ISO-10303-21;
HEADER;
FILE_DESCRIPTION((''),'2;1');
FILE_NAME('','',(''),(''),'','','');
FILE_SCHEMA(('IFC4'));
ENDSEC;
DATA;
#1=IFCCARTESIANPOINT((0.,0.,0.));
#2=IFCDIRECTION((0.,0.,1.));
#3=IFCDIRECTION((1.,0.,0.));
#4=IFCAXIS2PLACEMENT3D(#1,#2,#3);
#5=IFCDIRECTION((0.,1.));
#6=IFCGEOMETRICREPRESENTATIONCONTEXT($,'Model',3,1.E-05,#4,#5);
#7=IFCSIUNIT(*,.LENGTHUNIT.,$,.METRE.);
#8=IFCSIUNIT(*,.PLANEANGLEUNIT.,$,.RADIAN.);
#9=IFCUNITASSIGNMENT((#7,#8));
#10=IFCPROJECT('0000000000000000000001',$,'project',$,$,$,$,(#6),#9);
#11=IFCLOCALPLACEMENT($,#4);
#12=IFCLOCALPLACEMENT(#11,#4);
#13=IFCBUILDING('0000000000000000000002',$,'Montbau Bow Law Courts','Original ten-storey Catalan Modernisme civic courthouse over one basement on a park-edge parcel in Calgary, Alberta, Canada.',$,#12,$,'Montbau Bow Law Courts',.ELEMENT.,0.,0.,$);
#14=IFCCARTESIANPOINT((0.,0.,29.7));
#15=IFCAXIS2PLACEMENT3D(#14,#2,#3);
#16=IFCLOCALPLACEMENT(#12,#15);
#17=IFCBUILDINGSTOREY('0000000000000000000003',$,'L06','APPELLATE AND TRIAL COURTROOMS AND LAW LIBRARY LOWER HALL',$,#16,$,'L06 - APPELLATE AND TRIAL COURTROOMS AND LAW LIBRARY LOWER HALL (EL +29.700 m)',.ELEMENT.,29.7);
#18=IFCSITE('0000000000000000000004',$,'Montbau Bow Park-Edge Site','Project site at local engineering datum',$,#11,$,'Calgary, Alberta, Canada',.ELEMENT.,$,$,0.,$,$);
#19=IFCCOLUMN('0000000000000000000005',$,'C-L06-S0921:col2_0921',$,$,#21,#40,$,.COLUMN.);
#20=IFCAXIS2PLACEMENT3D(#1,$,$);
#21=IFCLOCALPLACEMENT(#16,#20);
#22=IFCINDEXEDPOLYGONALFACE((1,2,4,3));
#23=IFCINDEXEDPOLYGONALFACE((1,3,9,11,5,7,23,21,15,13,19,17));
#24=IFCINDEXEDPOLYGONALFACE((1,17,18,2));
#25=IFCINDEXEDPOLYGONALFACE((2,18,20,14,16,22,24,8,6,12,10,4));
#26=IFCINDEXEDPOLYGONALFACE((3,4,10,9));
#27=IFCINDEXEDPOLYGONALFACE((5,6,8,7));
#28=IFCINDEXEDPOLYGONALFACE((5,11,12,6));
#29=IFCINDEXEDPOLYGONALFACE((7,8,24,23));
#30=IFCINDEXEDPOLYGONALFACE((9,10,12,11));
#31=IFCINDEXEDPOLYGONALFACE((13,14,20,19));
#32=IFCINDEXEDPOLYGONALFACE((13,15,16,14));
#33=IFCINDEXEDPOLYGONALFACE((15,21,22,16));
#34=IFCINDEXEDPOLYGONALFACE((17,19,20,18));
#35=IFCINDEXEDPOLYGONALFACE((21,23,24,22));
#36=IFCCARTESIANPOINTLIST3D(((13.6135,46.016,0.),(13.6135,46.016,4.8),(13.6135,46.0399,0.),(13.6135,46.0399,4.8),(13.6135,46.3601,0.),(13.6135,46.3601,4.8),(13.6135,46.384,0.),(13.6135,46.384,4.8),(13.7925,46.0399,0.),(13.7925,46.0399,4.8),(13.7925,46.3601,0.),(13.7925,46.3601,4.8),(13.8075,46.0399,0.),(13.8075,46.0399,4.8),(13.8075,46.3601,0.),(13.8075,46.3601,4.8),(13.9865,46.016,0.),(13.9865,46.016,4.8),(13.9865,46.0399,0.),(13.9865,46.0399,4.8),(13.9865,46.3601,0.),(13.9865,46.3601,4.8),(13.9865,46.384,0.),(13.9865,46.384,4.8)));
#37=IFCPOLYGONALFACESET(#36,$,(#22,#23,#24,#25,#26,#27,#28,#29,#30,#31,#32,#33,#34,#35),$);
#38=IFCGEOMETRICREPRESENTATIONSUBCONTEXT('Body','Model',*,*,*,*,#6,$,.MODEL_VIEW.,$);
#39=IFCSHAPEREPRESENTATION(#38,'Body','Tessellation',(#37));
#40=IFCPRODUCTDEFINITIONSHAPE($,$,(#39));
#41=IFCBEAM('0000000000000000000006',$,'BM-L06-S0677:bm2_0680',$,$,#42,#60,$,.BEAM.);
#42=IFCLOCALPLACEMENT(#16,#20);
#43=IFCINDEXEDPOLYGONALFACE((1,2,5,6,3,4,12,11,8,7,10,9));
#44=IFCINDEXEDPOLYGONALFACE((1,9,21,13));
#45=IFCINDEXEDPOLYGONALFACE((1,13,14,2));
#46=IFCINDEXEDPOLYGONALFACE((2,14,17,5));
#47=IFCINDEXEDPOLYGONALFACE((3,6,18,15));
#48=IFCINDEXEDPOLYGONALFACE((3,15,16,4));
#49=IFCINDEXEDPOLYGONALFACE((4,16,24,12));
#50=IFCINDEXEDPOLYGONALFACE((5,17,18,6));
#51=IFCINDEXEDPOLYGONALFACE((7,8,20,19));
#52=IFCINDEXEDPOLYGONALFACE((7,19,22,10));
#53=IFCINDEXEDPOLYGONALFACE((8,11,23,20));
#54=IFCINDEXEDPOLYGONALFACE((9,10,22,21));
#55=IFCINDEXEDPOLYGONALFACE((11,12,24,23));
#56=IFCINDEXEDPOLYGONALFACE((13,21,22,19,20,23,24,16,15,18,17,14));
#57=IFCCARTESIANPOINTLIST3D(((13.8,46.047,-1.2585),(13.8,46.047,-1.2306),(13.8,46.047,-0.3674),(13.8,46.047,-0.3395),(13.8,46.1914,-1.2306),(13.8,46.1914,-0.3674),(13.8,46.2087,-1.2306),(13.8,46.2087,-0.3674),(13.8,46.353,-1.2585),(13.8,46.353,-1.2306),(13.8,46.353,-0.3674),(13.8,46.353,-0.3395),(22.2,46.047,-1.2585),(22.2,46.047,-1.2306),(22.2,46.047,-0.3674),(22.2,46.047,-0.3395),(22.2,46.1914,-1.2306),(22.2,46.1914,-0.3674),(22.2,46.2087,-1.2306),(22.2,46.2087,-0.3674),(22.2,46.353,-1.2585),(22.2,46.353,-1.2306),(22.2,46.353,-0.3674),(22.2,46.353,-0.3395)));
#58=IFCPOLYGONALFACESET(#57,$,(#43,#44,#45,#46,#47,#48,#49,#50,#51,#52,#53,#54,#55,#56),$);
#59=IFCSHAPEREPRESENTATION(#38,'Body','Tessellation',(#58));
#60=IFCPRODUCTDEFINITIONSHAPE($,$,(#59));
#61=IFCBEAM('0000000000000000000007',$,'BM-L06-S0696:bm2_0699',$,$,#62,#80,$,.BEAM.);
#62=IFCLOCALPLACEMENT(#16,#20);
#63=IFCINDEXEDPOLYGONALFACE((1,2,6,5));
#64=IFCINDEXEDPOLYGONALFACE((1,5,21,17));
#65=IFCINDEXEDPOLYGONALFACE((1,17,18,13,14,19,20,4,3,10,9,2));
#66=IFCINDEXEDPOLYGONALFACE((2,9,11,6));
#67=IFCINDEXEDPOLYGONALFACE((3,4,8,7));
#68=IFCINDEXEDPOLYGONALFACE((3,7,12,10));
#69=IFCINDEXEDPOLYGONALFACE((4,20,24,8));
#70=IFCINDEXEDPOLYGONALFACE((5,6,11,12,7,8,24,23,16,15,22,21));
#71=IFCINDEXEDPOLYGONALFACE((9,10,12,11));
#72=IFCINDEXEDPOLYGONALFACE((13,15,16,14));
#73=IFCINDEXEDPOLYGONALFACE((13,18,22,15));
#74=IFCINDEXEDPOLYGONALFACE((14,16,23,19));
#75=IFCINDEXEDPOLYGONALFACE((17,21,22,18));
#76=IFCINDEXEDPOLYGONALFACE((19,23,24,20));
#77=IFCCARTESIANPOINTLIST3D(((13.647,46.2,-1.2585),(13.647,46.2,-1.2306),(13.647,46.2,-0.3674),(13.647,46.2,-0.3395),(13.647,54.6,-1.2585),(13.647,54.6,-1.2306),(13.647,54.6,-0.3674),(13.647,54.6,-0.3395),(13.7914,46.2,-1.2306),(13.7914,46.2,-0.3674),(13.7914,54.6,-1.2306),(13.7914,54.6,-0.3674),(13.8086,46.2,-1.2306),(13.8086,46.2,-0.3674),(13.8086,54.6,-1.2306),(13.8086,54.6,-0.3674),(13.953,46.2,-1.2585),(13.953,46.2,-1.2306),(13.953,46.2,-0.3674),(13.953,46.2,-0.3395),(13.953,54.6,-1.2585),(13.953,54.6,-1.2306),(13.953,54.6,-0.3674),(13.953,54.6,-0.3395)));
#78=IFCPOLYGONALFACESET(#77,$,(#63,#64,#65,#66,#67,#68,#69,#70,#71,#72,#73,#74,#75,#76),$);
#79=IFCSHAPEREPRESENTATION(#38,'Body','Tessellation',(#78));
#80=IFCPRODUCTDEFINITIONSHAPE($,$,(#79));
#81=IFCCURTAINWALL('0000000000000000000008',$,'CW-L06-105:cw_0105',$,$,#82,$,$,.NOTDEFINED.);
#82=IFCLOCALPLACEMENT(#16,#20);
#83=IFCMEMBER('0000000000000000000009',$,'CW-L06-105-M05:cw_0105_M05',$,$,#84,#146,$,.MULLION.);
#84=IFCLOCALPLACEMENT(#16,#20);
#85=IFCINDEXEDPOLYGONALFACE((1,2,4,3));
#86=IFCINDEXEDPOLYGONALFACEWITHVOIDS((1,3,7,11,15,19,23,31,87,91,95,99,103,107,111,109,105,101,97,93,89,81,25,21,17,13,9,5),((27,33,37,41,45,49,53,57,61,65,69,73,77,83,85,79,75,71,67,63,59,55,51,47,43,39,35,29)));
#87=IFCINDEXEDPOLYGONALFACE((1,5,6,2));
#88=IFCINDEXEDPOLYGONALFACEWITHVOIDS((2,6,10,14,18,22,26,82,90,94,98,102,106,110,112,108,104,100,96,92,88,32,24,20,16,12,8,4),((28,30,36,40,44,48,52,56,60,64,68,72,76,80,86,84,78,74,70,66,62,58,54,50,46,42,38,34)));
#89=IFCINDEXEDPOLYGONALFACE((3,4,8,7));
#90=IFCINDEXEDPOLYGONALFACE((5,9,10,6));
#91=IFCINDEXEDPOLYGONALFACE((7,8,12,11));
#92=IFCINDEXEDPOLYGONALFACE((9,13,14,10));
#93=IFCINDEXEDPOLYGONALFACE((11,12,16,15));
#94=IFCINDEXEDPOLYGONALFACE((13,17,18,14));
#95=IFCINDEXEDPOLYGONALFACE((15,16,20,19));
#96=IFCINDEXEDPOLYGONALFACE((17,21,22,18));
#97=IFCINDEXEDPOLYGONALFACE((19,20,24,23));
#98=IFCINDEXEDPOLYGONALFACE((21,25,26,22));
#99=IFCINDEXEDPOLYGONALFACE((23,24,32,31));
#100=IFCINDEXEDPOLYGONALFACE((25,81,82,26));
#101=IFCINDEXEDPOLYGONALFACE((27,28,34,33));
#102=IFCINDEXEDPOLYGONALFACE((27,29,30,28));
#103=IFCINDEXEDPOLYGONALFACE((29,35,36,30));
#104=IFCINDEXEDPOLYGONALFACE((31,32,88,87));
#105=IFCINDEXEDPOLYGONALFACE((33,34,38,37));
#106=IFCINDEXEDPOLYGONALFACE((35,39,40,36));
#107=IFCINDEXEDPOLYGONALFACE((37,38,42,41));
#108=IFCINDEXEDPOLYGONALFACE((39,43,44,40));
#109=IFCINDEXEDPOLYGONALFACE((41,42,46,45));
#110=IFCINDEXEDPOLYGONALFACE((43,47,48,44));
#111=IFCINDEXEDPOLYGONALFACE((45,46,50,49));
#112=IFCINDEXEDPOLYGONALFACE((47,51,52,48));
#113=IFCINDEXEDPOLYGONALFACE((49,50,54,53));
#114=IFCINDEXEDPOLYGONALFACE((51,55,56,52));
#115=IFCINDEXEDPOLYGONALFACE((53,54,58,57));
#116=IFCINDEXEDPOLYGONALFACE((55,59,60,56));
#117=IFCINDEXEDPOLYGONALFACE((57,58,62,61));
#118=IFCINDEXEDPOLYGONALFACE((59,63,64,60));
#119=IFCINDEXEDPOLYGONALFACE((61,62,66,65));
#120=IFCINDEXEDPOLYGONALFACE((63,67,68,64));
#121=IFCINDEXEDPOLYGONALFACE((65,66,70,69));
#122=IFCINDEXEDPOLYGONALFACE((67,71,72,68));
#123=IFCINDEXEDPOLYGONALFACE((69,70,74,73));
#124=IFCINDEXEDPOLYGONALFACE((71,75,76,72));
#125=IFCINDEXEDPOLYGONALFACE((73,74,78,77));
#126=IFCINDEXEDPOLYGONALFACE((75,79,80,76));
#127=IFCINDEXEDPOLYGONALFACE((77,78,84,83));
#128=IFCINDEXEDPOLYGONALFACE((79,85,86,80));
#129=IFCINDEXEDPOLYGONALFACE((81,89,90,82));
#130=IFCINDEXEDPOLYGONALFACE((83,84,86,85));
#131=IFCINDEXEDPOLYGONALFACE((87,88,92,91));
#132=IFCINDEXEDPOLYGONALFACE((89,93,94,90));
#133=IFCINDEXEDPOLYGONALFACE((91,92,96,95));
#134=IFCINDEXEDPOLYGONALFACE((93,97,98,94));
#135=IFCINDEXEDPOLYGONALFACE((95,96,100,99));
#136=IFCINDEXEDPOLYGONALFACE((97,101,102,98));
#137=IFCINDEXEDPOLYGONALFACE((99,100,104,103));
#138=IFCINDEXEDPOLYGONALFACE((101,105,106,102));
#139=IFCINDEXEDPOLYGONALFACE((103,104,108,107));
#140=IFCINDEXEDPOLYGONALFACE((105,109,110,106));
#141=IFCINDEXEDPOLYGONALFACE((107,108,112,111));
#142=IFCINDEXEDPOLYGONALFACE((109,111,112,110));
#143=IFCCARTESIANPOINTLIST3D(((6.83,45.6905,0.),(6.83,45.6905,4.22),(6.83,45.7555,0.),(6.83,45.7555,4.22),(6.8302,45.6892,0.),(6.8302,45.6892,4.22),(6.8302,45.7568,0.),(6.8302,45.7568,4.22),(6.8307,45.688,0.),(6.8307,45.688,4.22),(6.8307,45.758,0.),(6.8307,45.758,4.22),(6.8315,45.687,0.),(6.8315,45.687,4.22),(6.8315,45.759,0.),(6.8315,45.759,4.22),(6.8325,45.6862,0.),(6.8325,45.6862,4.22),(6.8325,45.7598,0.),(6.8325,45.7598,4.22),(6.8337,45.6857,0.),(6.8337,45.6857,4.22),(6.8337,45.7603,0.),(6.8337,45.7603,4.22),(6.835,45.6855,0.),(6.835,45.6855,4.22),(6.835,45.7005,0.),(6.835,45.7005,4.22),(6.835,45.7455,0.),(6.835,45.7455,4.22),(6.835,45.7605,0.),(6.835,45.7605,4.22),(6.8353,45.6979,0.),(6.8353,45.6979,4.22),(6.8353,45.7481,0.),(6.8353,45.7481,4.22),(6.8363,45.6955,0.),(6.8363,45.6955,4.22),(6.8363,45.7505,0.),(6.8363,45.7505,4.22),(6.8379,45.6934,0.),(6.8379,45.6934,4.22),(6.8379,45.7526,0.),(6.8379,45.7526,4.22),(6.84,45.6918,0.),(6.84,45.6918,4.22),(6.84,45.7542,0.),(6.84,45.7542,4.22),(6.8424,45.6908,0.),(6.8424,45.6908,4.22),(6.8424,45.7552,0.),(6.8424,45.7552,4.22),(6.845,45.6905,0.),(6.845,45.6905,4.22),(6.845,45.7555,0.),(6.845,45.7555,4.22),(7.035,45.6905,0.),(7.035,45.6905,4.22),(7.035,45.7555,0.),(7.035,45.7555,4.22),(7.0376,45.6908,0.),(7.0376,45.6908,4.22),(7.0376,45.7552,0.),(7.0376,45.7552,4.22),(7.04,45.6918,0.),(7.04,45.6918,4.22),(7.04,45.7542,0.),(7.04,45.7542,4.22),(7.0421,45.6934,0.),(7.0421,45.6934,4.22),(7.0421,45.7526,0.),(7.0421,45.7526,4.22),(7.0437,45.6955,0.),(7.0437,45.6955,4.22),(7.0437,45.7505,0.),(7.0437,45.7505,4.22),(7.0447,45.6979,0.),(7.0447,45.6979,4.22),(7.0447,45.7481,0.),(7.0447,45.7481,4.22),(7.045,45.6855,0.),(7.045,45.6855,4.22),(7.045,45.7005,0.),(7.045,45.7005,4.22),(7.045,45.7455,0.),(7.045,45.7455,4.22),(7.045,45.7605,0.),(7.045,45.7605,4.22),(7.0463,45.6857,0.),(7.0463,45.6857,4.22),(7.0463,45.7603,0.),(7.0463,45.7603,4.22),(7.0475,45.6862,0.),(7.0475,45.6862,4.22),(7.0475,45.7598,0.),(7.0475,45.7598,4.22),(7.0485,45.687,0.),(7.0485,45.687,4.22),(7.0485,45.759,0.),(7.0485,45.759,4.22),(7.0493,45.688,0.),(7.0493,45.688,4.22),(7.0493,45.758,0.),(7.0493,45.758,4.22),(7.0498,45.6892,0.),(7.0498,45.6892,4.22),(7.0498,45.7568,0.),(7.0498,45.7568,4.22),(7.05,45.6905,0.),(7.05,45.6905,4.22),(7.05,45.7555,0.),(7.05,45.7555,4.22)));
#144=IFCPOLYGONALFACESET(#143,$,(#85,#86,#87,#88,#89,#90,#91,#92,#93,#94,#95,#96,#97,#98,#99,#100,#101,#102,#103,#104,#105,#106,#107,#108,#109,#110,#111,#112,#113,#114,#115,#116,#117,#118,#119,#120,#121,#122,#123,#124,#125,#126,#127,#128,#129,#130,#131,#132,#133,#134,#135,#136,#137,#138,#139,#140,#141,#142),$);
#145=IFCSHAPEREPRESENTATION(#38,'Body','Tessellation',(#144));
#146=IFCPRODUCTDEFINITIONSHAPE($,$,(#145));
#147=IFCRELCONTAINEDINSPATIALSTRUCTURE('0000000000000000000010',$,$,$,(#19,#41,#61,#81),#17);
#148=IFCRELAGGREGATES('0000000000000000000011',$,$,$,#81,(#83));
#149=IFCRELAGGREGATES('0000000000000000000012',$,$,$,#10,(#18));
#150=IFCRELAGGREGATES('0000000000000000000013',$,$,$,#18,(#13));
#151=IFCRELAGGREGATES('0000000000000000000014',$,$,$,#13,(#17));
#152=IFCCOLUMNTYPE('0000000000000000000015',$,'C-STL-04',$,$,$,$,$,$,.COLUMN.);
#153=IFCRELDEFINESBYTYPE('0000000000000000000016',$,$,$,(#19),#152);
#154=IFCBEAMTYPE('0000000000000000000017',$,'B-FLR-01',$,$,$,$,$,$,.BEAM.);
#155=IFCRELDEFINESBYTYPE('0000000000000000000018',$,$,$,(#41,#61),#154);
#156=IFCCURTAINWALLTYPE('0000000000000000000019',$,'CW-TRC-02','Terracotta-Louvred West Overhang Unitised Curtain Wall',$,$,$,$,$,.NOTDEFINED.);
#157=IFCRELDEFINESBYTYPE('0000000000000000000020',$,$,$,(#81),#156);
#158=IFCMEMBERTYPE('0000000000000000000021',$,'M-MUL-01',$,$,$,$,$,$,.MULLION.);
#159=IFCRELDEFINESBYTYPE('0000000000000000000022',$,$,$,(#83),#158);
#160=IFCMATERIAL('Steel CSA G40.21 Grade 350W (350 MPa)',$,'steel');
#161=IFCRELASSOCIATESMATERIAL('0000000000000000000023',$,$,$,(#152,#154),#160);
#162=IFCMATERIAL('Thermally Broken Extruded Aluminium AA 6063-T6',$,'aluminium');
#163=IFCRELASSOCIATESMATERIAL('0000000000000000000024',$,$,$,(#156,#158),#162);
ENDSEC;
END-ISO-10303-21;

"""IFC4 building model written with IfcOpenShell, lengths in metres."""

from ifc_helpers import new_model, si_unit, direction, frame, origin_with_axes, origin_2d_with_axis, place, context, subcontext, project, spatial, hollow_rectangle, i_section, extrude, material, material_profile, profile_set, type_object, element, aggregate, save


model = new_model("IFC4")

# Units and contexts
model_context = context("Model", 3, precision=1e-05, world=origin_with_axes(), true_north=direction((0.0, 1.0)))
body_context = subcontext(model_context, "Body", "Model", "MODEL_VIEW")
ifc_project = project(units=[si_unit("LENGTHUNIT", "METRE"), si_unit("PLANEANGLEUNIT", "RADIAN")], contexts=[model_context])

# Site, building, storey
site_placement = place(None, origin_with_axes())
site = spatial("IfcSite", under=ifc_project, at=site_placement, Name="Montbau Bow Park-Edge Site", Description="Project site at local engineering datum", LongName="Calgary, Alberta, Canada", CompositionType="ELEMENT", RefElevation=0.0)
building_placement = place(site_placement, origin_with_axes())
building = spatial("IfcBuilding", under=site, at=building_placement, Name="Montbau Bow Law Courts", Description="Original ten-storey Catalan Modernisme civic courthouse over one basement on a park-edge parcel in Calgary, Alberta, Canada.", LongName="Montbau Bow Law Courts", CompositionType="ELEMENT", ElevationOfRefHeight=0.0, ElevationOfTerrain=0.0)
storey_placement = place(building_placement, frame((0.0, 0.0, 29.7), z_axis=(0.0, 0.0, 1.0), x_axis=(1.0, 0.0, 0.0)))
storey = spatial("IfcBuildingStorey", under=building, at=storey_placement, Name="L06", Description="APPELLATE AND TRIAL COURTROOMS AND LAW LIBRARY LOWER HALL", LongName="L06 - APPELLATE AND TRIAL COURTROOMS AND LAW LIBRARY LOWER HALL (EL +29.700 m)", CompositionType="ELEMENT", Elevation=29.7)

# Column
ifc_material_1 = material(Name="Steel CSA G40.21 Grade 350W (350 MPa)", Category="steel")
ifc_material_profile_1 = material_profile(ifc_material_1, i_section(OverallWidth=0.373, OverallDepth=0.368, WebThickness=0.015, FlangeThickness=0.0239, at=origin_2d_with_axis()), Name="W360X179", Category="Main", Priority=0)
ifc_profile_set_1 = profile_set([ifc_material_profile_1], Name="Steel CSA G40.21 Grade 350W (350 MPa)")
column_type = type_object("IfcColumnType", Name="C-STL-04", PredefinedType="COLUMN", material=ifc_profile_set_1)
column_placement = place(None, frame((13.8, 46.2, 29.7), z_axis=(0.0, 0.0, 1.0), x_axis=(1.0, 0.0, 0.0)))
element("IfcColumn", 1, at=column_placement, inside=storey, type_object=column_type, Name="C-L06-S0921:col2_0921", PredefinedType="COLUMN", context=body_context, shape_type="SweptSolid", body=[
    extrude(i_section(OverallWidth=0.373, OverallDepth=0.368, WebThickness=0.015, FlangeThickness=0.0239, at=origin_2d_with_axis()), origin_with_axes(), (0.0, 0.0, 1.0), 4.8),
])

# Beams
ifc_material_profile_2 = material_profile(ifc_material_1, i_section(OverallWidth=0.306, OverallDepth=0.919, WebThickness=0.0173, FlangeThickness=0.0279, at=origin_2d_with_axis()), Name="W920X253", Category="Main", Priority=0)
ifc_profile_set_2 = profile_set([ifc_material_profile_2], Name="Steel CSA G40.21 Grade 350W (350 MPa)")
beam_type = type_object("IfcBeamType", Name="B-FLR-01", PredefinedType="BEAM", material=ifc_profile_set_2)
for number, where, z_axis, x_axis, name in (
    (2, (13.8, 46.2, 28.901), (1.0, 0.0, 0.0), (0.0, 1.0, 0.0), "BM-L06-S0677:bm2_0680"),
    (3, (13.8, 46.2, 28.901), (0.0, 1.0, 0.0), (-1.0, 0.0, 0.0), "BM-L06-S0696:bm2_0699"),
):
    element("IfcBeam", number, at=place(None, frame(where, z_axis=z_axis, x_axis=x_axis)), inside=storey, type_object=beam_type, Name=name, PredefinedType="BEAM", context=body_context, shape_type="SweptSolid", body=[
        extrude(i_section(OverallWidth=0.306, OverallDepth=0.919, WebThickness=0.0173, FlangeThickness=0.0279, at=origin_2d_with_axis()), origin_with_axes(), (0.0, 0.0, 1.0), 8.4),
    ])

# Curtain wall, member
ifc_material_2 = material(Name="Thermally Broken Extruded Aluminium AA 6063-T6", Category="aluminium")
curtain_wall_type = type_object("IfcCurtainWallType", Name="CW-TRC-02", Description="Terracotta-Louvred West Overhang Unitised Curtain Wall", PredefinedType="NOTDEFINED", material=ifc_material_2)
curtain_wall_1_placement = place(None, frame((6.94, 39.44, 29.7), z_axis=(0.0, 0.0, 1.0), x_axis=(1.0, 0.0, 0.0)))
curtain_wall_1 = element("IfcCurtainWall", 4, at=curtain_wall_1_placement, inside=storey, type_object=curtain_wall_type, Name="CW-L06-105:cw_0105", PredefinedType="NOTDEFINED")
ifc_material_profile_3 = material_profile(ifc_material_2, hollow_rectangle(XDim=0.075, YDim=0.22, WallThickness=0.005, InnerFilletRadius=0.01, OuterFilletRadius=0.005, at=origin_2d_with_axis()), Name="CWM-220X75", Category="Main", Priority=0)
ifc_profile_set_3 = profile_set([ifc_material_profile_3], Name="Thermally Broken Extruded Aluminium AA 6063-T6")
member_type_1 = type_object("IfcMemberType", Name="M-MUL-01", PredefinedType="MULLION", material=ifc_profile_set_3)
member_1_placement = place(None, frame((6.94, 45.723, 29.7), z_axis=(0.0, 0.0, 1.0), x_axis=(0.0, 1.0, 0.0)))
member_1 = element("IfcMember", 5, at=member_1_placement, type_object=member_type_1, Name="CW-L06-105-M05:cw_0105_M05", PredefinedType="MULLION", context=body_context, shape_type="SweptSolid", body=[
    extrude(hollow_rectangle(XDim=0.075, YDim=0.22, WallThickness=0.005, InnerFilletRadius=0.01, OuterFilletRadius=0.005, at=origin_2d_with_axis()), origin_with_axes(), (0.0, 0.0, 1.0), 4.22),
])
aggregate(curtain_wall_1, [member_1])

save(model, "model.ifc")
